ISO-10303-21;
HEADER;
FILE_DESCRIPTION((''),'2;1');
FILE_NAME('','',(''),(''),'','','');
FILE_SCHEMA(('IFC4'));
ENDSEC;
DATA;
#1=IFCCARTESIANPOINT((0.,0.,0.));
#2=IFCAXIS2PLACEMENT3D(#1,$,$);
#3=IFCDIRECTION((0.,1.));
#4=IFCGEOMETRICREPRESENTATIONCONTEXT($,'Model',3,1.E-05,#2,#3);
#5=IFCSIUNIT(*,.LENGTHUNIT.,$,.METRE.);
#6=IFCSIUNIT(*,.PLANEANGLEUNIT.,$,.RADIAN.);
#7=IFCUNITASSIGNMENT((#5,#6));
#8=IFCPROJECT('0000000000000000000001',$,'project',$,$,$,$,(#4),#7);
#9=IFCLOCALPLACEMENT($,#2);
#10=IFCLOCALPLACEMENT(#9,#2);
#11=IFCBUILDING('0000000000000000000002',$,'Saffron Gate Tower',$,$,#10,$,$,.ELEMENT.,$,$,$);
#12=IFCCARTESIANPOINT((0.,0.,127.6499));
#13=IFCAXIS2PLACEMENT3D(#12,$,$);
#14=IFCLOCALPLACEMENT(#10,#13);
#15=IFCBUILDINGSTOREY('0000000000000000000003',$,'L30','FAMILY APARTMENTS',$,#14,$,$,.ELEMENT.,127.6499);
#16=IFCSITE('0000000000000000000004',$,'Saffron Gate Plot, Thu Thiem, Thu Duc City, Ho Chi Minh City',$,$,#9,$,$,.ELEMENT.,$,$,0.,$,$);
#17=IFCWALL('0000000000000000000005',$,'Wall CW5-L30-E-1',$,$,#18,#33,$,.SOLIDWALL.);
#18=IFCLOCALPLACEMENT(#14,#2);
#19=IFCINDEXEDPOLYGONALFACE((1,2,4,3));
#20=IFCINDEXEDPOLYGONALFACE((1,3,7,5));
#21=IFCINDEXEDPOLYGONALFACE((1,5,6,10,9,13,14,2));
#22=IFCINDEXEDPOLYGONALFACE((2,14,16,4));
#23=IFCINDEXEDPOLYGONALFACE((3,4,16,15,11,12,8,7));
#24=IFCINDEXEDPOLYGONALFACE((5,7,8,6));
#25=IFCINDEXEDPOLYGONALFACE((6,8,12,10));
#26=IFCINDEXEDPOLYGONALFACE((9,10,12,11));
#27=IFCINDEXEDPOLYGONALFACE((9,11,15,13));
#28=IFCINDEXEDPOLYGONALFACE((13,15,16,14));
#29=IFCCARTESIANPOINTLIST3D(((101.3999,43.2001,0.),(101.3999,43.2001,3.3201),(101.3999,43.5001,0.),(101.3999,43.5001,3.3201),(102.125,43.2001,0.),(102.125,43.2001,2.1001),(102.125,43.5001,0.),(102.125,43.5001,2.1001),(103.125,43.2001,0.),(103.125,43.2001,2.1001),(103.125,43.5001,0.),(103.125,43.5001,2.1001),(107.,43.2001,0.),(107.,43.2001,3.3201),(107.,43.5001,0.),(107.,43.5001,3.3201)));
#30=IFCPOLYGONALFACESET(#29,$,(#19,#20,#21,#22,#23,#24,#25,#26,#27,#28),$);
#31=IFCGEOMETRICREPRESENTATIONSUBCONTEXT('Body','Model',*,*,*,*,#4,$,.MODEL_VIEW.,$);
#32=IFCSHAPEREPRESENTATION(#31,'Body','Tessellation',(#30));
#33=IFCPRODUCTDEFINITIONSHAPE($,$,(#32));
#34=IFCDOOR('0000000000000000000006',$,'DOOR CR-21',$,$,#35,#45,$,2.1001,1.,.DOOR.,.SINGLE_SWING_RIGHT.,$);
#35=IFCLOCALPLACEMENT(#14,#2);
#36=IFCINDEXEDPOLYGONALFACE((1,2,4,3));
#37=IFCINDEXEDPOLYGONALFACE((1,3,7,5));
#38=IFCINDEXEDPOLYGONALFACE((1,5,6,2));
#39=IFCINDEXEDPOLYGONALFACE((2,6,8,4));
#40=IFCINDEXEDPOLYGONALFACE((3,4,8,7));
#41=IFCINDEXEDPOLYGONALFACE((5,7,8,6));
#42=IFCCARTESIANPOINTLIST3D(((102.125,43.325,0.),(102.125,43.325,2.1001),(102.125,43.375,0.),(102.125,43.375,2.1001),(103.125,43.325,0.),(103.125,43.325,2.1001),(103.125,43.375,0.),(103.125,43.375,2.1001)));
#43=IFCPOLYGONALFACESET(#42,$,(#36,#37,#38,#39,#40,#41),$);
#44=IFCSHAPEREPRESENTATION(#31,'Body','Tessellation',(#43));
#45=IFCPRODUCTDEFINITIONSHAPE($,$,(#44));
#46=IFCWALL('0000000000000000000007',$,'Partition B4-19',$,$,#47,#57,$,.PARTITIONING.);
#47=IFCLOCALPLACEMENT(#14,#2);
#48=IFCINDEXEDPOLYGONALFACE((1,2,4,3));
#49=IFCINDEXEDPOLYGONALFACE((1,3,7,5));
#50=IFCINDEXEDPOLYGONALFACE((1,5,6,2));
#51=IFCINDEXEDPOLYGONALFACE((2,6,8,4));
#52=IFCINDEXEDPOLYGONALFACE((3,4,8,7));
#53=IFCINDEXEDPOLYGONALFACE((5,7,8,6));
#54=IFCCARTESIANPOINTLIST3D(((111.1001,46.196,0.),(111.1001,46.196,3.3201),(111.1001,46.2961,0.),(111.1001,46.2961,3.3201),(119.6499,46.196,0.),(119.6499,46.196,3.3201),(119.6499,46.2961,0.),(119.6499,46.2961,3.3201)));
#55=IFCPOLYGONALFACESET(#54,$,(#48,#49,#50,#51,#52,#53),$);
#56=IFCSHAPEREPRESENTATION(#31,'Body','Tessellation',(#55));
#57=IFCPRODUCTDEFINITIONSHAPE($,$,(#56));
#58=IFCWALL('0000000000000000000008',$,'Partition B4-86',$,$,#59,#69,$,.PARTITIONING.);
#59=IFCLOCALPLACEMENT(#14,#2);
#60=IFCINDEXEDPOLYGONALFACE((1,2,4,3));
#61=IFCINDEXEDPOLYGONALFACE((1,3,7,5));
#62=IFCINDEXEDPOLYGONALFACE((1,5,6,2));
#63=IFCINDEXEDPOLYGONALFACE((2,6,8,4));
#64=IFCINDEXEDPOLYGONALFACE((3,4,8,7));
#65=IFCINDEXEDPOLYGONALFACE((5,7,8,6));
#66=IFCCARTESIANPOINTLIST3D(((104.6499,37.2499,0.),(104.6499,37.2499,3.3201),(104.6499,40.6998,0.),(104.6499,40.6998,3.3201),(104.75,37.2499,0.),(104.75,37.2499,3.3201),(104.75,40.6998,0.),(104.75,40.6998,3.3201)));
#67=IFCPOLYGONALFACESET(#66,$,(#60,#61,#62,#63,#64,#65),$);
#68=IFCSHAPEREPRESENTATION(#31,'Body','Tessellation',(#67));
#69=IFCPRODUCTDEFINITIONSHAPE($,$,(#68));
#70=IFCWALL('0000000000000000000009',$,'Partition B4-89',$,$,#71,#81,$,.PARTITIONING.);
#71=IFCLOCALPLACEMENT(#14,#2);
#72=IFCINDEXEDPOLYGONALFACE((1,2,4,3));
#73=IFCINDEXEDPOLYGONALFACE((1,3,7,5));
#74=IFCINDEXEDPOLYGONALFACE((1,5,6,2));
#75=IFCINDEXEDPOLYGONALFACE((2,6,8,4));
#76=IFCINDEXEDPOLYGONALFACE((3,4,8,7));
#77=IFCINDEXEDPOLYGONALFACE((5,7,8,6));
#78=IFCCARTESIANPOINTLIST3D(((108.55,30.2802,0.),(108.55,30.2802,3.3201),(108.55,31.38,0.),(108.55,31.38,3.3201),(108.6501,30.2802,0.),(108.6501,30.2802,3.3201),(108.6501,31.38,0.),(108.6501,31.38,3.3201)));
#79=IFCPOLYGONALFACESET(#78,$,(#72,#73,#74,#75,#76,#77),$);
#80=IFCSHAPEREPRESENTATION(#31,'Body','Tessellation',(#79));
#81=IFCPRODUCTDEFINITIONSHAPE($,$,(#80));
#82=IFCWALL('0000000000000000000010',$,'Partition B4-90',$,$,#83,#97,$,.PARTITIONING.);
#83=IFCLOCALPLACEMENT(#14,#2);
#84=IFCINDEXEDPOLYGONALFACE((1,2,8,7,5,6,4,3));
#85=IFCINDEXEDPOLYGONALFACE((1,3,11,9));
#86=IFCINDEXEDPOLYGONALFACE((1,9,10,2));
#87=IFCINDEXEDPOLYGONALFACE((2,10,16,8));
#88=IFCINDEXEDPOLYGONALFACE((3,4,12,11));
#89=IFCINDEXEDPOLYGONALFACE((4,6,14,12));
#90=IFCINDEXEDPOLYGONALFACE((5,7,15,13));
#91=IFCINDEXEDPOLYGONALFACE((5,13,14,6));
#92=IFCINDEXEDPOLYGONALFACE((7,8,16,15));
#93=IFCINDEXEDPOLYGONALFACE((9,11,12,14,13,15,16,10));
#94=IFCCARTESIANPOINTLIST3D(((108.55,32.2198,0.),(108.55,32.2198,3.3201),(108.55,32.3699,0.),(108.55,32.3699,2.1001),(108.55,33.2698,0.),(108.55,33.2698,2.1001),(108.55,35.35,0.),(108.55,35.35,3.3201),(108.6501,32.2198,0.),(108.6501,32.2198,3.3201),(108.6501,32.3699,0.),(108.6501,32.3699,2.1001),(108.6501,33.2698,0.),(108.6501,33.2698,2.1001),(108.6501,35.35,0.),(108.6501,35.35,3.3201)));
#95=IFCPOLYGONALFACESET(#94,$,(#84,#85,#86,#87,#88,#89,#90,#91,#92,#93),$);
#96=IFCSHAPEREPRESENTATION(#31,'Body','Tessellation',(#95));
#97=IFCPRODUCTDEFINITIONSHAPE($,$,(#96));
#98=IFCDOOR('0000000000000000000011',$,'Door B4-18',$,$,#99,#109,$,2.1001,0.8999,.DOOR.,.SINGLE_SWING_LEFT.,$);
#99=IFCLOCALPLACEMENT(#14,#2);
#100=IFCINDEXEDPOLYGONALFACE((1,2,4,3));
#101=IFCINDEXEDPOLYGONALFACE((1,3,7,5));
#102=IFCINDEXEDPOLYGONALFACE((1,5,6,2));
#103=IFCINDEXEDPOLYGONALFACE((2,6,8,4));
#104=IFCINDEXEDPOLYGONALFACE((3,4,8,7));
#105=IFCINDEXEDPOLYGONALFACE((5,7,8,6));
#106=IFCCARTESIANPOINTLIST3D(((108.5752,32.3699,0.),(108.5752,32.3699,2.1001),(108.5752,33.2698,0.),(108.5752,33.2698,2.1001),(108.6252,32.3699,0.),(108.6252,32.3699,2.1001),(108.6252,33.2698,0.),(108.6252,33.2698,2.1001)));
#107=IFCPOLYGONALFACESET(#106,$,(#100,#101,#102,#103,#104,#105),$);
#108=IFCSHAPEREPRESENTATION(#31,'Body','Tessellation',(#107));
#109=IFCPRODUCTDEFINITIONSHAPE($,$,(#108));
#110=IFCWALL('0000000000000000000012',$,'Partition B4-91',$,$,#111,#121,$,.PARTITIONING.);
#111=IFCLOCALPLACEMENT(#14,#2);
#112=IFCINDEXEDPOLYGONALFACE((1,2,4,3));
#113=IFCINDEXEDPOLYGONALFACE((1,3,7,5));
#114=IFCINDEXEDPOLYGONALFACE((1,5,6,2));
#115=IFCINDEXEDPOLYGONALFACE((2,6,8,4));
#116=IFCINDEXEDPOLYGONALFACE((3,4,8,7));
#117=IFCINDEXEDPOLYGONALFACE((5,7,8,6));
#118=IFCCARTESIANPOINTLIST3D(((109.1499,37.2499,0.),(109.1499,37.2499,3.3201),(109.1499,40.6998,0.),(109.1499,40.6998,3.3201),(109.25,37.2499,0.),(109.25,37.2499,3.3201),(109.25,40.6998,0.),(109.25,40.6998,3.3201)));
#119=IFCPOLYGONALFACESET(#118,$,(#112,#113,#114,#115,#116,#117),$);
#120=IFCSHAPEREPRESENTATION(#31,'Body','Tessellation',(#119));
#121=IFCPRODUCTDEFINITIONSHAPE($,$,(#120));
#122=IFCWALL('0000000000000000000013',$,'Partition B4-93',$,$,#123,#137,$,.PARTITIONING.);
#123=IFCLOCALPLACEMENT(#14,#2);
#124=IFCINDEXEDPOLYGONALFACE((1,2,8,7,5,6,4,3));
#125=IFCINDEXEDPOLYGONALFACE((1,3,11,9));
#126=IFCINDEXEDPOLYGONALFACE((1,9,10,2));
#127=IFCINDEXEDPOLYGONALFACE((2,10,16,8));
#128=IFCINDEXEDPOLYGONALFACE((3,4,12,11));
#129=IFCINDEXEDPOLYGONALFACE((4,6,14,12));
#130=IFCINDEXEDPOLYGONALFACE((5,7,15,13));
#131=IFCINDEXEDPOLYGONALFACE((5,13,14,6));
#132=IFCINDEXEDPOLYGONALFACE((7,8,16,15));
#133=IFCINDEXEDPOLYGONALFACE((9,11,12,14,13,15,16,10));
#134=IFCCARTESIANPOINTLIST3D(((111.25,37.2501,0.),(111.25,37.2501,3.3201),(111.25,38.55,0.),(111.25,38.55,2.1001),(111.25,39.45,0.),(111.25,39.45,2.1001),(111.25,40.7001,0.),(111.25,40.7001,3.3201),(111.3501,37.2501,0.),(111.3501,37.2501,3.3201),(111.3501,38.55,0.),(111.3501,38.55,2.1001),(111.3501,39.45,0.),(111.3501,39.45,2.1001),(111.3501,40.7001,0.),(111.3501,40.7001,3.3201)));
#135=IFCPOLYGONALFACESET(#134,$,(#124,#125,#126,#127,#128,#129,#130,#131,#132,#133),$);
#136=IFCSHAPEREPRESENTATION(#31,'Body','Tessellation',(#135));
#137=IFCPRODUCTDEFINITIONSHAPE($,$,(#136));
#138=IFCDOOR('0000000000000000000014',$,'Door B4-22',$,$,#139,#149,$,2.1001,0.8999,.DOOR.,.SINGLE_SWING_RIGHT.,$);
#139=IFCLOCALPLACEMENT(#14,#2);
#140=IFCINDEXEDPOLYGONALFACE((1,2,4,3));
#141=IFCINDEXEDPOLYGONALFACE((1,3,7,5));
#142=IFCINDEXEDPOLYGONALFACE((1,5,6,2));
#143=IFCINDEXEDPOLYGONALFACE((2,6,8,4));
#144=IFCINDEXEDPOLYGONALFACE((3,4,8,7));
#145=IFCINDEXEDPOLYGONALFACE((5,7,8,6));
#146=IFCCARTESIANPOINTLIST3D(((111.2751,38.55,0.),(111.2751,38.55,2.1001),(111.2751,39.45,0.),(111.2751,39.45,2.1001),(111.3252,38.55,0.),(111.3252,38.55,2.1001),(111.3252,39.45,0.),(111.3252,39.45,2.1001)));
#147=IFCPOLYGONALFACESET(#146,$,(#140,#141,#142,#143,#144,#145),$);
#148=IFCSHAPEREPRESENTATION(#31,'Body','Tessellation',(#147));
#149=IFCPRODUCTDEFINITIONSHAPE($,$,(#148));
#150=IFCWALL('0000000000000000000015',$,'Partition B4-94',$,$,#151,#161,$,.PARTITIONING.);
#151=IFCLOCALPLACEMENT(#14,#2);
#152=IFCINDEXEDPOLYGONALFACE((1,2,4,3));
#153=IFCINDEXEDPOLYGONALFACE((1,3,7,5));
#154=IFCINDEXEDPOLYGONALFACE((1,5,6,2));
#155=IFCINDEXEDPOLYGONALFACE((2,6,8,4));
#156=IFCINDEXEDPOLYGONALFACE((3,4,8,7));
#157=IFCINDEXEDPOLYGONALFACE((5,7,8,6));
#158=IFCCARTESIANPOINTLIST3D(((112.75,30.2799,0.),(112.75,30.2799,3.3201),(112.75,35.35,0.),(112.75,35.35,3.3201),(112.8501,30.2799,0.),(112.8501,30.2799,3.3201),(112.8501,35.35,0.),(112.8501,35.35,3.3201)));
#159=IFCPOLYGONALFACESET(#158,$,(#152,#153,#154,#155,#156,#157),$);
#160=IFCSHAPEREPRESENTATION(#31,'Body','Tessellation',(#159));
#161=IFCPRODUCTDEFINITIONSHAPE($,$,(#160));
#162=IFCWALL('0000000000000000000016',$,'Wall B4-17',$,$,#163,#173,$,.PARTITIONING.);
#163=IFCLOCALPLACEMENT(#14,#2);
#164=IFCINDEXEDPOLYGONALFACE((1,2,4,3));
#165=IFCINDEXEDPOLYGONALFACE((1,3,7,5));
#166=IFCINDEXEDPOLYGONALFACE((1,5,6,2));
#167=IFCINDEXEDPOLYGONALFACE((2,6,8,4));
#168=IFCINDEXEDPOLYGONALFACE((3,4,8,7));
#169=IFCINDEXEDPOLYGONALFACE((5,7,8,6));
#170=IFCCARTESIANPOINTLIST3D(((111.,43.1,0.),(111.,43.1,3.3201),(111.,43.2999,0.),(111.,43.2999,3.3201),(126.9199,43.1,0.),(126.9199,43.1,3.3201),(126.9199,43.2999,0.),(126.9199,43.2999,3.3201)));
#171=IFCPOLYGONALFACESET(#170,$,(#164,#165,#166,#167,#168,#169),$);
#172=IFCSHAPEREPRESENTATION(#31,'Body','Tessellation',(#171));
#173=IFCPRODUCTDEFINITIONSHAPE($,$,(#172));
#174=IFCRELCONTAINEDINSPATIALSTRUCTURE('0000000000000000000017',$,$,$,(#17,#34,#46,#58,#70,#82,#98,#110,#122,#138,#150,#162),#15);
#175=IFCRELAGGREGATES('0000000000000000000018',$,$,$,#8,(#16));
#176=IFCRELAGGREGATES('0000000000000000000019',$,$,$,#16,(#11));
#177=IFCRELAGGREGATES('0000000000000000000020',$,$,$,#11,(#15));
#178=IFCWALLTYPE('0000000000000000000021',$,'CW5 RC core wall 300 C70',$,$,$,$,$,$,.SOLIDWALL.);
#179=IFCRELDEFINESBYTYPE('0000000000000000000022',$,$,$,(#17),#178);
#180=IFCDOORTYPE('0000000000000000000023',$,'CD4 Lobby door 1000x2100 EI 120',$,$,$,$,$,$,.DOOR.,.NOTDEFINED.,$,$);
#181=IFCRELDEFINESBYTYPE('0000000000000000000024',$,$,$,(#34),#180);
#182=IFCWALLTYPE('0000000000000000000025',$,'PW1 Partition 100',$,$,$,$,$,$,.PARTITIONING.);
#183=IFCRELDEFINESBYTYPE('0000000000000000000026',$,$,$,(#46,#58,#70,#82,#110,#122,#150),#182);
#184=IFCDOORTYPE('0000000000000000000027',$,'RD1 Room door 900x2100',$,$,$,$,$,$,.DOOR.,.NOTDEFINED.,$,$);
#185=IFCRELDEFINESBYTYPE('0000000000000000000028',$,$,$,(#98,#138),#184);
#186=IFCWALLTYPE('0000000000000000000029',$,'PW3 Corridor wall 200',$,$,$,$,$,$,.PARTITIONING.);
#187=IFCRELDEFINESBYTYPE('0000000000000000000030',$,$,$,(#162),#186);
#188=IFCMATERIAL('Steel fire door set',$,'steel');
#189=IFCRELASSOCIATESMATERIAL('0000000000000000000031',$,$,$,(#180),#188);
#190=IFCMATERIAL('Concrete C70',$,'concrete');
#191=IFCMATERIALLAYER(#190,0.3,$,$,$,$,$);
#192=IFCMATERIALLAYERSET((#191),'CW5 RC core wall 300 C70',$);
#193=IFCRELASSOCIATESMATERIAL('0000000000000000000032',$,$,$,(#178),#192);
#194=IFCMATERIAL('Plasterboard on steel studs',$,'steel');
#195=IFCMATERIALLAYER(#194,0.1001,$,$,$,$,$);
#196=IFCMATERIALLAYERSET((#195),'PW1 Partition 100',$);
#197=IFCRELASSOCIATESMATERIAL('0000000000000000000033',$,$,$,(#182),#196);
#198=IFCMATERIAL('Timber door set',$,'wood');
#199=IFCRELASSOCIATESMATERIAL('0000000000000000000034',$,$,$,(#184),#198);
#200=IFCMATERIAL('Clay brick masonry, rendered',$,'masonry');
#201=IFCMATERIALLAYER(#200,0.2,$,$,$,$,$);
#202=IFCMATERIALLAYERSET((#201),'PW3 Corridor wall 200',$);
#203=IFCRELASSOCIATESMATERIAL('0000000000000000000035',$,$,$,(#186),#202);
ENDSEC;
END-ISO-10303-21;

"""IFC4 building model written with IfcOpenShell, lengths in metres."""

from ifc_helpers import new_model, si_unit, direction, frame, frame_2d, origin, place, context, subcontext, project, spatial, rectangle, extrude, material, layer, layer_set, type_object, element, fill, save


model = new_model("IFC4")

# Units and contexts
model_context = context("Model", 3, precision=1e-05, world=origin(), true_north=direction((0.0, 1.0)))
body_context = subcontext(model_context, "Body", "Model", "MODEL_VIEW")
ifc_project = project(units=[si_unit("LENGTHUNIT", "METRE"), si_unit("PLANEANGLEUNIT", "RADIAN")], contexts=[model_context])

# Site, building, storey
site_placement = place(None, origin())
site = spatial("IfcSite", under=ifc_project, at=site_placement, Name="Saffron Gate Plot, Thu Thiem, Thu Duc City, Ho Chi Minh City", CompositionType="ELEMENT", RefElevation=0.0)
building_placement = place(site_placement, origin())
building = spatial("IfcBuilding", under=site, at=building_placement, Name="Saffron Gate Tower", CompositionType="ELEMENT")
storey_placement = place(building_placement, frame((0.0, 0.0, 127.6499)))
storey = spatial("IfcBuildingStorey", under=building, at=storey_placement, Name="L30", Description="FAMILY APARTMENTS", CompositionType="ELEMENT", Elevation=127.6499)

# Shared definitions
ifc_material_1 = material(Name="Steel fire door set", Category="steel")
door_type_1 = type_object("IfcDoorType", Name="CD4 Lobby door 1000x2100 EI 120", OperationType="NOTDEFINED", PredefinedType="DOOR", material=ifc_material_1)
ifc_material_2 = material(Name="Concrete C70", Category="concrete")

# Wall, opening, door
ifc_layer_1 = layer(ifc_material_2, 0.3)
ifc_layer_set_1 = layer_set([ifc_layer_1], Name="CW5 RC core wall 300 C70")
wall_type_1 = type_object("IfcWallType", Name="CW5 RC core wall 300 C70", PredefinedType="SOLIDWALL", material=ifc_layer_set_1)
wall_1_placement = place(storey_placement, frame((101.3999, 43.3501, 0.0), z_axis=(0.0, 0.0, 1.0), x_axis=(1.0, 0.0, 0.0)))
wall_1 = element("IfcWall", 1, at=wall_1_placement, inside=storey, type_object=wall_type_1, Name="Wall CW5-L30-E-1", PredefinedType="SOLIDWALL", context=body_context, shape_type="SweptSolid", body=[
    extrude(rectangle(XDim=5.6001, YDim=0.3, at=frame_2d((2.8, 0.0))), origin(), (0.0, 0.0, 1.0), 3.3201),
])
opening_1_placement = place(wall_1_placement, frame((0.7251, 0.0, 0.0)))
opening_1 = element("IfcOpeningElement", 2, at=opening_1_placement, cuts=wall_1, PredefinedType="OPENING", context=body_context, shape_type="SweptSolid", body=[
    extrude(rectangle(XDim=1.0, YDim=2.1001, at=frame_2d((0.5, 1.05))), frame((0.0, 0.1602, 0.0), z_axis=(0.0, -1.0, 0.0), x_axis=(1.0, 0.0, 0.0)), (0.0, 0.0, 1.0), 0.3201),
])
door_1_placement = place(opening_1_placement, origin())
door_1 = element("IfcDoor", 3, at=door_1_placement, inside=storey, type_object=door_type_1, Name="DOOR CR-21", OperationType="SINGLE_SWING_RIGHT", OverallHeight=2.1001, OverallWidth=1.0, PredefinedType="DOOR", context=body_context, shape_type="SweptSolid", body=[
    extrude(rectangle(XDim=1.0, YDim=2.1001, at=frame_2d((0.5, 1.05))), frame((0.0, 0.0249, 0.0), z_axis=(0.0, -1.0, 0.0), x_axis=(1.0, 0.0, 0.0)), (0.0, 0.0, 1.0), 0.05),
])
fill(opening_1, door_1)

# Walls
ifc_material_3 = material(Name="Plasterboard on steel studs", Category="steel")
ifc_layer_2 = layer(ifc_material_3, 0.1001)
ifc_layer_set_2 = layer_set([ifc_layer_2], Name="PW1 Partition 100")
wall_type_2 = type_object("IfcWallType", Name="PW1 Partition 100", PredefinedType="PARTITIONING", material=ifc_layer_set_2)
wall_2_placement = place(storey_placement, frame((111.1001, 46.2461, 0.0), z_axis=(0.0, 0.0, 1.0), x_axis=(1.0, 0.0, 0.0)))
element("IfcWall", 4, at=wall_2_placement, inside=storey, type_object=wall_type_2, Name="Partition B4-19", PredefinedType="PARTITIONING", context=body_context, shape_type="SweptSolid", body=[
    extrude(rectangle(XDim=8.5498, YDim=0.1001, at=frame_2d((4.2749, 0.0))), origin(), (0.0, 0.0, 1.0), 3.3201),
])
wall_3_placement = place(storey_placement, frame((104.7, 40.7, 0.0), z_axis=(0.0, 0.0, 1.0), x_axis=(0.0, -1.0, 0.0)))
element("IfcWall", 5, at=wall_3_placement, inside=storey, type_object=wall_type_2, Name="Partition B4-86", PredefinedType="PARTITIONING", context=body_context, shape_type="SweptSolid", body=[
    extrude(rectangle(XDim=3.45, YDim=0.1001, at=frame_2d((1.7251, 0.0))), origin(), (0.0, 0.0, 1.0), 3.3201),
])
wall_4_placement = place(storey_placement, frame((108.6001, 31.3799, 0.0), z_axis=(0.0, 0.0, 1.0), x_axis=(0.0, -1.0, 0.0)))
element("IfcWall", 6, at=wall_4_placement, inside=storey, type_object=wall_type_2, Name="Partition B4-89", PredefinedType="PARTITIONING", context=body_context, shape_type="SweptSolid", body=[
    extrude(rectangle(XDim=1.0999, YDim=0.1001, at=frame_2d((0.5498, 0.0))), origin(), (0.0, 0.0, 1.0), 3.3201),
])

# Wall, opening, door
wall_5_placement = place(storey_placement, frame((108.6001, 32.22, 0.0), z_axis=(0.0, 0.0, 1.0), x_axis=(0.0, 1.0, 0.0)))
wall_5 = element("IfcWall", 7, at=wall_5_placement, inside=storey, type_object=wall_type_2, Name="Partition B4-90", PredefinedType="PARTITIONING", context=body_context, shape_type="SweptSolid", body=[
    extrude(rectangle(XDim=3.1301, YDim=0.1001, at=frame_2d((1.5649, 0.0))), origin(), (0.0, 0.0, 1.0), 3.3201),
])
opening_2_placement = place(wall_5_placement, frame((0.1499, 0.0, 0.0)))
opening_2 = element("IfcOpeningElement", 8, at=opening_2_placement, cuts=wall_5, PredefinedType="OPENING", context=body_context, shape_type="SweptSolid", body=[
    extrude(rectangle(XDim=0.8999, YDim=2.1001, at=frame_2d((0.45, 1.05))), frame((0.0, 0.0601, 0.0), z_axis=(0.0, -1.0, 0.0), x_axis=(1.0, 0.0, 0.0)), (0.0, 0.0, 1.0), 0.1201),
])
ifc_material_4 = material(Name="Timber door set", Category="wood")
door_type_2 = type_object("IfcDoorType", Name="RD1 Room door 900x2100", OperationType="NOTDEFINED", PredefinedType="DOOR", material=ifc_material_4)
door_2_placement = place(opening_2_placement, origin())
door_2 = element("IfcDoor", 9, at=door_2_placement, inside=storey, type_object=door_type_2, Name="Door B4-18", OperationType="SINGLE_SWING_LEFT", OverallHeight=2.1001, OverallWidth=0.8999, PredefinedType="DOOR", context=body_context, shape_type="SweptSolid", body=[
    extrude(rectangle(XDim=0.8999, YDim=2.1001, at=frame_2d((0.45, 1.05))), frame((0.0, 0.0249, 0.0), z_axis=(0.0, -1.0, 0.0), x_axis=(1.0, 0.0, 0.0)), (0.0, 0.0, 1.0), 0.05),
])
fill(opening_2, door_2)

# Wall
wall_6_placement = place(storey_placement, frame((109.2, 40.7, 0.0), z_axis=(0.0, 0.0, 1.0), x_axis=(0.0, -1.0, 0.0)))
element("IfcWall", 10, at=wall_6_placement, inside=storey, type_object=wall_type_2, Name="Partition B4-91", PredefinedType="PARTITIONING", context=body_context, shape_type="SweptSolid", body=[
    extrude(rectangle(XDim=3.45, YDim=0.1001, at=frame_2d((1.7251, 0.0))), origin(), (0.0, 0.0, 1.0), 3.3201),
])

# Wall, opening, door
wall_7_placement = place(storey_placement, frame((111.3, 37.25, 0.0), z_axis=(0.0, 0.0, 1.0), x_axis=(0.0, 1.0, 0.0)))
wall_7 = element("IfcWall", 11, at=wall_7_placement, inside=storey, type_object=wall_type_2, Name="Partition B4-93", PredefinedType="PARTITIONING", context=body_context, shape_type="SweptSolid", body=[
    extrude(rectangle(XDim=3.45, YDim=0.1001, at=frame_2d((1.7251, 0.0))), origin(), (0.0, 0.0, 1.0), 3.3201),
])
opening_3_placement = place(wall_7_placement, frame((1.3, 0.0, 0.0)))
opening_3 = element("IfcOpeningElement", 12, at=opening_3_placement, cuts=wall_7, PredefinedType="OPENING", context=body_context, shape_type="SweptSolid", body=[
    extrude(rectangle(XDim=0.8999, YDim=2.1001, at=frame_2d((0.45, 1.05))), frame((0.0, 0.0601, 0.0), z_axis=(0.0, -1.0, 0.0), x_axis=(1.0, 0.0, 0.0)), (0.0, 0.0, 1.0), 0.1201),
])
door_3_placement = place(opening_3_placement, origin())
door_3 = element("IfcDoor", 13, at=door_3_placement, inside=storey, type_object=door_type_2, Name="Door B4-22", OperationType="SINGLE_SWING_RIGHT", OverallHeight=2.1001, OverallWidth=0.8999, PredefinedType="DOOR", context=body_context, shape_type="SweptSolid", body=[
    extrude(rectangle(XDim=0.8999, YDim=2.1001, at=frame_2d((0.45, 1.05))), frame((0.0, 0.0249, 0.0), z_axis=(0.0, -1.0, 0.0), x_axis=(1.0, 0.0, 0.0)), (0.0, 0.0, 1.0), 0.05),
])
fill(opening_3, door_3)

# Walls
wall_8_placement = place(storey_placement, frame((112.8, 35.3501, 0.0), z_axis=(0.0, 0.0, 1.0), x_axis=(0.0, -1.0, 0.0)))
element("IfcWall", 14, at=wall_8_placement, inside=storey, type_object=wall_type_2, Name="Partition B4-94", PredefinedType="PARTITIONING", context=body_context, shape_type="SweptSolid", body=[
    extrude(rectangle(XDim=5.0701, YDim=0.1001, at=frame_2d((2.5352, 0.0))), origin(), (0.0, 0.0, 1.0), 3.3201),
])
ifc_material_5 = material(Name="Clay brick masonry, rendered", Category="masonry")
ifc_layer_3 = layer(ifc_material_5, 0.2)
ifc_layer_set_3 = layer_set([ifc_layer_3], Name="PW3 Corridor wall 200")
wall_type_3 = type_object("IfcWallType", Name="PW3 Corridor wall 200", PredefinedType="PARTITIONING", material=ifc_layer_set_3)
wall_9_placement = place(storey_placement, frame((111.0, 43.2, 0.0), z_axis=(0.0, 0.0, 1.0), x_axis=(1.0, 0.0, 0.0)))
element("IfcWall", 15, at=wall_9_placement, inside=storey, type_object=wall_type_3, Name="Wall B4-17", PredefinedType="PARTITIONING", context=body_context, shape_type="SweptSolid", body=[
    extrude(rectangle(XDim=15.9199, YDim=0.2, at=frame_2d((7.96, 0.0))), origin(), (0.0, 0.0, 1.0), 3.3201),
])

save(model, "model.ifc")
